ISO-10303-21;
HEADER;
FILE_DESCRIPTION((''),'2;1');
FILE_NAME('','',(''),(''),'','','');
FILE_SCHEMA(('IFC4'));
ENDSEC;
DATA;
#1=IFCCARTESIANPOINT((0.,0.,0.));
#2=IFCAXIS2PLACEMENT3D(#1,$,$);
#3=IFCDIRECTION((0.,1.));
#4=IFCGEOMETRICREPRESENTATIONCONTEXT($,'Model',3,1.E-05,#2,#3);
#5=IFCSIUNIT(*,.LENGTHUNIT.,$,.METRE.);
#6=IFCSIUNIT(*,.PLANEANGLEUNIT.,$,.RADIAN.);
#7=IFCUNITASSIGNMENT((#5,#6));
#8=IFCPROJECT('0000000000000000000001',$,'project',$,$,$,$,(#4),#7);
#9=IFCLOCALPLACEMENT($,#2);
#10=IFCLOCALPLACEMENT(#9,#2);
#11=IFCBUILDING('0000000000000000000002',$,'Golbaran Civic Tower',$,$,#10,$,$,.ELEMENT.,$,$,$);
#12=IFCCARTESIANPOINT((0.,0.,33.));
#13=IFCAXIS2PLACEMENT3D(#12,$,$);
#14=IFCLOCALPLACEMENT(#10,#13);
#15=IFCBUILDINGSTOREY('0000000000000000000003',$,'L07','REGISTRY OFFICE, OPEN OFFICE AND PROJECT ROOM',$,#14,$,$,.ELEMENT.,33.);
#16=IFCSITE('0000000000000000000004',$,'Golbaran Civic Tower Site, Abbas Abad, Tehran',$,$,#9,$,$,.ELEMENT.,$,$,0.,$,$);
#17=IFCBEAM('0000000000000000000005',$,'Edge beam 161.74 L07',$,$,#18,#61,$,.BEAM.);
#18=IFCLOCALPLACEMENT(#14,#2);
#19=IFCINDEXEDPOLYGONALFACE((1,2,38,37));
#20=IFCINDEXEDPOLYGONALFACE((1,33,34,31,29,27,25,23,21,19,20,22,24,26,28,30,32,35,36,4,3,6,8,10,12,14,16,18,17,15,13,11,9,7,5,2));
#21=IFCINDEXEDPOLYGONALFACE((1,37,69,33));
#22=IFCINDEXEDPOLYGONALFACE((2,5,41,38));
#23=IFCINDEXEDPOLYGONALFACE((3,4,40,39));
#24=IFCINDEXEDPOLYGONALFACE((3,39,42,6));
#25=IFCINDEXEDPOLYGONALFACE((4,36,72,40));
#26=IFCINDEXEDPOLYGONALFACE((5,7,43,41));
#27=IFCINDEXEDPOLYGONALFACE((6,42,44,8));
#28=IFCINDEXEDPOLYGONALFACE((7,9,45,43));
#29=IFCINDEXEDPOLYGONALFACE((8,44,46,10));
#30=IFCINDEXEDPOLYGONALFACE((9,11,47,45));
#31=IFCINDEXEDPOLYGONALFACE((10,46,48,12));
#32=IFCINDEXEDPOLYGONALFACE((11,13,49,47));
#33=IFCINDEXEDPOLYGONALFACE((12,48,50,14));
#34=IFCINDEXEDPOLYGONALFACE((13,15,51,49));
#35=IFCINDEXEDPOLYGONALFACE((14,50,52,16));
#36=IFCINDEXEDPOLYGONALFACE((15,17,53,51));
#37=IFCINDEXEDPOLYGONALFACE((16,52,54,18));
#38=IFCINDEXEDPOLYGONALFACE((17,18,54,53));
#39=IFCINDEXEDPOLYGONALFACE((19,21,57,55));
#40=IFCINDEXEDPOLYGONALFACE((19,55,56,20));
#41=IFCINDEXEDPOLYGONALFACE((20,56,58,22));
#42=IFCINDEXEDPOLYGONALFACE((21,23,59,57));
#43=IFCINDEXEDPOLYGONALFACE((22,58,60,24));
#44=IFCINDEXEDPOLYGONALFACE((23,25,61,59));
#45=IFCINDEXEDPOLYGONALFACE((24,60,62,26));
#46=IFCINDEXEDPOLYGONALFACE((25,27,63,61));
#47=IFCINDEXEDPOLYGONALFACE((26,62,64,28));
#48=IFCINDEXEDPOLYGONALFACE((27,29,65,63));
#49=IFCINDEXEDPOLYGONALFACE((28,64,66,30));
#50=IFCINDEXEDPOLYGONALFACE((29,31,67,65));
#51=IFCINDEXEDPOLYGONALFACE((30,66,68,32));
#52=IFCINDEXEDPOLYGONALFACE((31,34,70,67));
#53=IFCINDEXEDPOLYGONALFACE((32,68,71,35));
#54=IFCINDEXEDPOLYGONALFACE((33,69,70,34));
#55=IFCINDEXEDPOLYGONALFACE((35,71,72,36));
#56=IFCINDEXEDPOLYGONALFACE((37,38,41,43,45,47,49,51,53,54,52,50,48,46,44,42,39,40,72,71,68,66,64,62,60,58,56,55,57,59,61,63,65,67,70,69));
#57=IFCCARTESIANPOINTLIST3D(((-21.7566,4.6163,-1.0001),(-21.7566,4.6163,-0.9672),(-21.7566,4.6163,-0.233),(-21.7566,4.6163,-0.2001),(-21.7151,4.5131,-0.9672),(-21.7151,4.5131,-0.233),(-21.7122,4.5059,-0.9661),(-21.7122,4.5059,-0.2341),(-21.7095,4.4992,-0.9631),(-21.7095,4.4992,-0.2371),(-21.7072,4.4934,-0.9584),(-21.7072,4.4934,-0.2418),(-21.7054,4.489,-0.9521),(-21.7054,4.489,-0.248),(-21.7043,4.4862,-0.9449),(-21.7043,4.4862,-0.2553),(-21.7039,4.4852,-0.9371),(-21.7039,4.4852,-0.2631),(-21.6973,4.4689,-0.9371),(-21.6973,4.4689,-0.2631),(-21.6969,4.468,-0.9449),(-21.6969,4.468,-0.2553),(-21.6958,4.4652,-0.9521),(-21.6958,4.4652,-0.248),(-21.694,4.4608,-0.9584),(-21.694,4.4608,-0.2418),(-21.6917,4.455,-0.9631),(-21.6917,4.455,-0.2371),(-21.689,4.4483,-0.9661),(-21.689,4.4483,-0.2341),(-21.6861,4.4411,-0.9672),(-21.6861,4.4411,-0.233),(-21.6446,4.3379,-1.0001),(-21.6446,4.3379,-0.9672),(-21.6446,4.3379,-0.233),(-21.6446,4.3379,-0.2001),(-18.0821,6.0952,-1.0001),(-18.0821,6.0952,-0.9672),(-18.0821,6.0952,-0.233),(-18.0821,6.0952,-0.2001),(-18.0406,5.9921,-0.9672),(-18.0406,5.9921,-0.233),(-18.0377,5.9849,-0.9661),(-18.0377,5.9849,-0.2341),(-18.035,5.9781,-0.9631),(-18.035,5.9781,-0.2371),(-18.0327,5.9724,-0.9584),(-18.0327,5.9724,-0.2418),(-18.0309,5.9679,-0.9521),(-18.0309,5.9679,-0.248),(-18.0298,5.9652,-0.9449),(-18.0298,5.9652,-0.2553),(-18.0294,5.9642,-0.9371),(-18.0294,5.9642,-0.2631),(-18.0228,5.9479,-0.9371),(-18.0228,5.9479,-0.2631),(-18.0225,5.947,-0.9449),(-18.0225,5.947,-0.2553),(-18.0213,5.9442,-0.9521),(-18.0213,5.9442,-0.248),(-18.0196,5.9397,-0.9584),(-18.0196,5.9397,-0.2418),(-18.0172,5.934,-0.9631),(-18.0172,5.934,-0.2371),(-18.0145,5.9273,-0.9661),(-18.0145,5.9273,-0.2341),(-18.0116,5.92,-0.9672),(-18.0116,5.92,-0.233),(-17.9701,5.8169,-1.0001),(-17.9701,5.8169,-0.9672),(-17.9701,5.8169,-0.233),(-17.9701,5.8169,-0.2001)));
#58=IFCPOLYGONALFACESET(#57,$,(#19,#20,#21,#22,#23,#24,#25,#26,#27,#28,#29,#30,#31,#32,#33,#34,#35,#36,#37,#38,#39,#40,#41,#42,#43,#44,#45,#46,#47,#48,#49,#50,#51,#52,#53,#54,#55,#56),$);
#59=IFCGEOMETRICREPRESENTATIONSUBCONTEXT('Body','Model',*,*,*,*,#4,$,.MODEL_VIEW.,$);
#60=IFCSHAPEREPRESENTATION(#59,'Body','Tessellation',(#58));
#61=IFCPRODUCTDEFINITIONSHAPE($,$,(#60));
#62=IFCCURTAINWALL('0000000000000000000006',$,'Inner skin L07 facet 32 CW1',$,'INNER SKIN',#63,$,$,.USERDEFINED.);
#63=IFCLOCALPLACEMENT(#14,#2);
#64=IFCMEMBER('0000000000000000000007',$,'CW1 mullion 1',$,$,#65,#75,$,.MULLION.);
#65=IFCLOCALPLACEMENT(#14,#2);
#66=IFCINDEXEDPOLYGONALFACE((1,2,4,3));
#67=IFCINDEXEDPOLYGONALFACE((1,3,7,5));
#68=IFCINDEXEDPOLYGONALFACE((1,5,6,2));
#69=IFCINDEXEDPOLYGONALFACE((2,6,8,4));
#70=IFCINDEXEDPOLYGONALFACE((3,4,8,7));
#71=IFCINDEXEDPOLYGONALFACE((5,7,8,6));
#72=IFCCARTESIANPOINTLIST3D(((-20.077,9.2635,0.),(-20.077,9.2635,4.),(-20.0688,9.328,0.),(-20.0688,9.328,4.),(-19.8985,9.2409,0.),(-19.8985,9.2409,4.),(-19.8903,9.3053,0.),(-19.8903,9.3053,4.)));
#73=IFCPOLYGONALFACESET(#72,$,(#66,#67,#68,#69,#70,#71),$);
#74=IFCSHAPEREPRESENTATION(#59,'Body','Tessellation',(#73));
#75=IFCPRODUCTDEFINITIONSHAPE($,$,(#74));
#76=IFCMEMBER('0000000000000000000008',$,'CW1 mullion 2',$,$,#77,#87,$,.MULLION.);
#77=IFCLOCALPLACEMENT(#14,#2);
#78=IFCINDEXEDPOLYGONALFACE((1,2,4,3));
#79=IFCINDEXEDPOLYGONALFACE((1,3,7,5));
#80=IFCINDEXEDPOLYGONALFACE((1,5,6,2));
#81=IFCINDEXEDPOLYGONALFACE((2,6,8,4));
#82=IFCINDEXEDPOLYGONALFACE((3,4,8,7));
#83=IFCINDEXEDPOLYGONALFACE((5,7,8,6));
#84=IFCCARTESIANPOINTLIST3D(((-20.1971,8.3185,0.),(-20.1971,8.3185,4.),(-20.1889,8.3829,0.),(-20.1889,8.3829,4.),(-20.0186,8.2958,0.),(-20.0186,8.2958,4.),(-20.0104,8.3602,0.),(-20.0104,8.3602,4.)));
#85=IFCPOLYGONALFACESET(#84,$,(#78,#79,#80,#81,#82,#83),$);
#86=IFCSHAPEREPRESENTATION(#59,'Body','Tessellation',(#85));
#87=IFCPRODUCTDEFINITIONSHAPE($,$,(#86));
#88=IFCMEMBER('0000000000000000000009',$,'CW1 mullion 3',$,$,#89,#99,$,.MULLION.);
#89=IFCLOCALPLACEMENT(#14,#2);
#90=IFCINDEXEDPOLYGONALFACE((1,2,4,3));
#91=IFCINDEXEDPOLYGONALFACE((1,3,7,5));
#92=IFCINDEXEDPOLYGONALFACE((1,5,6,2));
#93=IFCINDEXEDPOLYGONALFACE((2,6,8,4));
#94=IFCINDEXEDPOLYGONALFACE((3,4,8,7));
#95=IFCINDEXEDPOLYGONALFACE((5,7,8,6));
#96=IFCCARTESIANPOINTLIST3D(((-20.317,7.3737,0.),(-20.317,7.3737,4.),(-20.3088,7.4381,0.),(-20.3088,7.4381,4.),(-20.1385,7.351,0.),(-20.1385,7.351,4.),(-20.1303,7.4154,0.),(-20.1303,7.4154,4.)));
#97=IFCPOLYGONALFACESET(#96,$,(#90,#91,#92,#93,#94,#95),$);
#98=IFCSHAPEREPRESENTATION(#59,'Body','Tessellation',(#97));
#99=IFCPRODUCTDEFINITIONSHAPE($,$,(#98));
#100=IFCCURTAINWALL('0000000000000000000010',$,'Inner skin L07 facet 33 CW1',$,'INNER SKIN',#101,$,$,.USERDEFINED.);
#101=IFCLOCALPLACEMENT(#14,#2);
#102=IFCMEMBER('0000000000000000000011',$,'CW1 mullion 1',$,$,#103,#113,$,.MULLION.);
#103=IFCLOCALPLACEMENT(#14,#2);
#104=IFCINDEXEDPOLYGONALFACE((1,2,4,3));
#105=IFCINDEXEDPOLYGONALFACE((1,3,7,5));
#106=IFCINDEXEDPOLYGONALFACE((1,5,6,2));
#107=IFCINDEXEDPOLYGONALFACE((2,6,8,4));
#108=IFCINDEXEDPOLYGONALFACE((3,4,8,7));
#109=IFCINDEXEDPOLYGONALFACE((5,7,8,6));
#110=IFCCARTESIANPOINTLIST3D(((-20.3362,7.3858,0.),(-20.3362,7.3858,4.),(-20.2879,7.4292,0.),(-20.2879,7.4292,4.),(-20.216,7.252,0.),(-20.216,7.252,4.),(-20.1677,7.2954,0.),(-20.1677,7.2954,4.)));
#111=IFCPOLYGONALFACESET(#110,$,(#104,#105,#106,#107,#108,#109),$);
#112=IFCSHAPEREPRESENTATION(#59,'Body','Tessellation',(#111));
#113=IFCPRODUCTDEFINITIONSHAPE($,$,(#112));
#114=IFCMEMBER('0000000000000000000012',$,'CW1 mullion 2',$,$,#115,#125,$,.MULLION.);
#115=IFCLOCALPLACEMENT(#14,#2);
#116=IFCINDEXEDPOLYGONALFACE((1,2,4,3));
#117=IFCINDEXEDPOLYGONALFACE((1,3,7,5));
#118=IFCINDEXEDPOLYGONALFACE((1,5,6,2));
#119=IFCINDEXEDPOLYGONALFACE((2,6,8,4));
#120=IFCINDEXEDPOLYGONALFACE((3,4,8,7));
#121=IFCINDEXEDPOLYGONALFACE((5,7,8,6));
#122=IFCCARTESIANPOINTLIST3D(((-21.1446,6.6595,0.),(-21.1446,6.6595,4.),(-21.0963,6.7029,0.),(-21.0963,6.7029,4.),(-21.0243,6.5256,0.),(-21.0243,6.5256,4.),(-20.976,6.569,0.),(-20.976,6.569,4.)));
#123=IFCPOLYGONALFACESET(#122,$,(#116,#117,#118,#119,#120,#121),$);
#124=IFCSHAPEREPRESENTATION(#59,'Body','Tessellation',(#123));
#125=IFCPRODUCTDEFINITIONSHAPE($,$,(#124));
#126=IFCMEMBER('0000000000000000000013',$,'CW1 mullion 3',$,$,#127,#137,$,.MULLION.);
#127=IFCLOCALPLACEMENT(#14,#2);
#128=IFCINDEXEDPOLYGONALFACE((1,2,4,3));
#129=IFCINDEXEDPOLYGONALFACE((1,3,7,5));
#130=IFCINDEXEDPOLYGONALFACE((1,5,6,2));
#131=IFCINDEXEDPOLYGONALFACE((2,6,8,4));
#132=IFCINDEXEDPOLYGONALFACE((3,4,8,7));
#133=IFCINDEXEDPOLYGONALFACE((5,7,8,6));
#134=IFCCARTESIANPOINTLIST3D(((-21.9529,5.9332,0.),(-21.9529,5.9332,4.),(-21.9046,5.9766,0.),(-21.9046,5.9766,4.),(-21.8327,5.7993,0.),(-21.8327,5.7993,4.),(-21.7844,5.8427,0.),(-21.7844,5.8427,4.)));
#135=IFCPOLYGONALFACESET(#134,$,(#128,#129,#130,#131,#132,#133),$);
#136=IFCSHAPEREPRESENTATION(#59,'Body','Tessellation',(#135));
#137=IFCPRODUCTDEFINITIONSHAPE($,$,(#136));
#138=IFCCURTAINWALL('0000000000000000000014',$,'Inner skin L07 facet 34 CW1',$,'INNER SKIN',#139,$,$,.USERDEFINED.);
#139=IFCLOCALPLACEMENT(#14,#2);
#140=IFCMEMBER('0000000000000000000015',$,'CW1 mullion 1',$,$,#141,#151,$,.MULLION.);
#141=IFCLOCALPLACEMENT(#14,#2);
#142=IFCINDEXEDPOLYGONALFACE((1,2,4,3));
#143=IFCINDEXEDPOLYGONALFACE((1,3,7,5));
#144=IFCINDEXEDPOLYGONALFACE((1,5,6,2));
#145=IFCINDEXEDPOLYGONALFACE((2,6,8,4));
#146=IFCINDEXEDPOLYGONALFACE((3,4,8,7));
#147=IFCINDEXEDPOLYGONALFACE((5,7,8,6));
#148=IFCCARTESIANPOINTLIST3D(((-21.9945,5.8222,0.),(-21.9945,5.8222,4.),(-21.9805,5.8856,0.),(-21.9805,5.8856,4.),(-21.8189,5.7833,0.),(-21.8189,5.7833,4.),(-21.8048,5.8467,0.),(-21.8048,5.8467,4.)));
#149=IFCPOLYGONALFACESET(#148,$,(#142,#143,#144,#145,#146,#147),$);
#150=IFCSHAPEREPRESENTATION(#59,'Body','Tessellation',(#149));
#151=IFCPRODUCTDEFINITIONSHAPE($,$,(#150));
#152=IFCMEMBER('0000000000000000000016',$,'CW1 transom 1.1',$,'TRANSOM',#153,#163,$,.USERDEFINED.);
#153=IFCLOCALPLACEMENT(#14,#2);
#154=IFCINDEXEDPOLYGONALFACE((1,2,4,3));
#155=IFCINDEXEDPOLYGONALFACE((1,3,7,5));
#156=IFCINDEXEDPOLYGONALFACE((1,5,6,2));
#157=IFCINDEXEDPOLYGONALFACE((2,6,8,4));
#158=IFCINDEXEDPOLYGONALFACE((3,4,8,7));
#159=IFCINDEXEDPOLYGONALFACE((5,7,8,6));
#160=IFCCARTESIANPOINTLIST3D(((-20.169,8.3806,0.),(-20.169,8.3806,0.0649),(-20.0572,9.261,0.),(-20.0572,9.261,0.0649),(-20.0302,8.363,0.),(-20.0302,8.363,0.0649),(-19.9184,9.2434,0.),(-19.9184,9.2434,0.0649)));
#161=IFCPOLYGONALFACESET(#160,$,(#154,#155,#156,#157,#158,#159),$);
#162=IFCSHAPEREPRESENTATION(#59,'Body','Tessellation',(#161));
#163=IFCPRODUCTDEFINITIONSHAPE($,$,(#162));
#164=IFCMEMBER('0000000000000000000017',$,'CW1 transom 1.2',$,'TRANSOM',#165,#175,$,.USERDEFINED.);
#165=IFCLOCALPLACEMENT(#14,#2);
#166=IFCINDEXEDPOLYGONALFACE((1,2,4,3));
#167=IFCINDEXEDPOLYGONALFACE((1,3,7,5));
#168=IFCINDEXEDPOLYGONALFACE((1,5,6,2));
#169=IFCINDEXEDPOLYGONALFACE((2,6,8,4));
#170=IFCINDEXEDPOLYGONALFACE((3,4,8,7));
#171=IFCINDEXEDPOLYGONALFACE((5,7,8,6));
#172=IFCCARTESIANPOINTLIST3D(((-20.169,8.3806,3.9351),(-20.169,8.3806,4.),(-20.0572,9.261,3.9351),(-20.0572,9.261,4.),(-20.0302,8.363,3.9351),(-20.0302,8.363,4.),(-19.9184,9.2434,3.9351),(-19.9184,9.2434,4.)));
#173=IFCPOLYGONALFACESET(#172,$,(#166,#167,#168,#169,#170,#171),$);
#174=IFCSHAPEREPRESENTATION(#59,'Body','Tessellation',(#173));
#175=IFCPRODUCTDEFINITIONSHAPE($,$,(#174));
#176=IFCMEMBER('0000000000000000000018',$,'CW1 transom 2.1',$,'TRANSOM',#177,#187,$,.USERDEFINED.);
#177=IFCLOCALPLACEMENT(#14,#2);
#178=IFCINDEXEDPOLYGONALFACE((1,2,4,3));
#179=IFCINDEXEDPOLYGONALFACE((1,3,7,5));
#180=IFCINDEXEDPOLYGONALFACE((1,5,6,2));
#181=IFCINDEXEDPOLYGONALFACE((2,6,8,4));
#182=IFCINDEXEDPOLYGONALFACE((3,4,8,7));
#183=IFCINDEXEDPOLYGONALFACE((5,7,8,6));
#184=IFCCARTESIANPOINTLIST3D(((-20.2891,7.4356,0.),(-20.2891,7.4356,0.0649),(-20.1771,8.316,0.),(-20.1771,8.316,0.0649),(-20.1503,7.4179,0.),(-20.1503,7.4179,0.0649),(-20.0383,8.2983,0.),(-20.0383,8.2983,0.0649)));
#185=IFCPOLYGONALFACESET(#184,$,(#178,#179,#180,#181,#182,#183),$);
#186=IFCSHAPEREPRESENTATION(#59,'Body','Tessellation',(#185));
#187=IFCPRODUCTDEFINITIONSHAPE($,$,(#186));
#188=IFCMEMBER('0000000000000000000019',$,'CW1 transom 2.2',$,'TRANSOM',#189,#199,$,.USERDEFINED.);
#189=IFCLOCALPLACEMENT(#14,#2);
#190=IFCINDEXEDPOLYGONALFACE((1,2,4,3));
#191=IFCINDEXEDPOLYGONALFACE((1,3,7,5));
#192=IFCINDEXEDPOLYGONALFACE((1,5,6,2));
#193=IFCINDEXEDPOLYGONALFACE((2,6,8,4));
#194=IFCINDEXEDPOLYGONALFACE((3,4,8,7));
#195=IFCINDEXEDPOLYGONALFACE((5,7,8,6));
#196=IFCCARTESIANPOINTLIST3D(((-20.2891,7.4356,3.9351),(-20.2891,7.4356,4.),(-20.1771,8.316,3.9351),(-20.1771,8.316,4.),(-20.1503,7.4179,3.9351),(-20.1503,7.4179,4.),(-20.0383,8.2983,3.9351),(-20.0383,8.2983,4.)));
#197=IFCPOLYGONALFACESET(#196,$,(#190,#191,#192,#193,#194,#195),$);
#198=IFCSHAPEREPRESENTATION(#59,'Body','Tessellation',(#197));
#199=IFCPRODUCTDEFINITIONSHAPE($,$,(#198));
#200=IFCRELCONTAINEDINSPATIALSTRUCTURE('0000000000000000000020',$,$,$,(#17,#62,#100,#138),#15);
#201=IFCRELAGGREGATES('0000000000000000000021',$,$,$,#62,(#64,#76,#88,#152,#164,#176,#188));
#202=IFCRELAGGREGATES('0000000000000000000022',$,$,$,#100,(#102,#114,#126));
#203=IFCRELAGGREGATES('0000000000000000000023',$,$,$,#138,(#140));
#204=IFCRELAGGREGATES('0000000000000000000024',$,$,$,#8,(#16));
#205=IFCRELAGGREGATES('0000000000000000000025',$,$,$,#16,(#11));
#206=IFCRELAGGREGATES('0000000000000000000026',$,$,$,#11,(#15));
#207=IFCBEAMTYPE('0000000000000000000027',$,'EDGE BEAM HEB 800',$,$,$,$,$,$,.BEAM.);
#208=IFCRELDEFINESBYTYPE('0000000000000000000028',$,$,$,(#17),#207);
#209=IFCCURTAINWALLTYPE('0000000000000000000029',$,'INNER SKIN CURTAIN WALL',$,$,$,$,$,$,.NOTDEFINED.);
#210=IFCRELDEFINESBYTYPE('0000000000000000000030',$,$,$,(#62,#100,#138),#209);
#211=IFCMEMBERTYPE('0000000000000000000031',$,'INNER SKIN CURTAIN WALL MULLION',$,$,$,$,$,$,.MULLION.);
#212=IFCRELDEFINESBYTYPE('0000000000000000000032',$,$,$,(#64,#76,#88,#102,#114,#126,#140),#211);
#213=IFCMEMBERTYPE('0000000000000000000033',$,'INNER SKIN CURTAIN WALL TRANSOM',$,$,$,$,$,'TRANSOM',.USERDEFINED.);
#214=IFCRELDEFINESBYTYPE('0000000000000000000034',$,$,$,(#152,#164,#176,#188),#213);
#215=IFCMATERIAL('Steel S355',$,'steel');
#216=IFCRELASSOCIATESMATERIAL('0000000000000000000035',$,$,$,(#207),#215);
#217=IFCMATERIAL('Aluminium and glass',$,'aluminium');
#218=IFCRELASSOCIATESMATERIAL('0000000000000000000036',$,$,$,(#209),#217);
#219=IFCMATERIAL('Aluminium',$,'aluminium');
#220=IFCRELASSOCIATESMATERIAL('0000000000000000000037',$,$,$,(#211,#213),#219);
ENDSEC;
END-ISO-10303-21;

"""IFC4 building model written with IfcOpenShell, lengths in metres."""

from ifc_helpers import new_model, si_unit, direction, frame, origin, origin_2d, place, context, subcontext, project, spatial, rectangle, i_section, extrude, material, material_profile, profile_set, type_object, element, aggregate, save


model = new_model("IFC4")

# Units and contexts
model_context = context("Model", 3, precision=1e-05, world=origin(), true_north=direction((0.0, 1.0)))
body_context = subcontext(model_context, "Body", "Model", "MODEL_VIEW")
ifc_project = project(units=[si_unit("LENGTHUNIT", "METRE"), si_unit("PLANEANGLEUNIT", "RADIAN")], contexts=[model_context])

# Site, building, storey
site_placement = place(None, origin())
site = spatial("IfcSite", under=ifc_project, at=site_placement, Name="Golbaran Civic Tower Site, Abbas Abad, Tehran", CompositionType="ELEMENT", RefElevation=0.0)
building_placement = place(site_placement, origin())
building = spatial("IfcBuilding", under=site, at=building_placement, Name="Golbaran Civic Tower", CompositionType="ELEMENT")
storey_placement = place(building_placement, frame((0.0, 0.0, 33.0)))
storey = spatial("IfcBuildingStorey", under=building, at=storey_placement, Name="L07", Description="REGISTRY OFFICE, OPEN OFFICE AND PROJECT ROOM", CompositionType="ELEMENT", Elevation=33.0)

# Beam
ifc_material_1 = material(Name="Steel S355", Category="steel")
ifc_material_profile_1 = material_profile(ifc_material_1, i_section(OverallWidth=0.3, OverallDepth=0.8, WebThickness=0.0176, FlangeThickness=0.033, FilletRadius=0.03, at=origin_2d()), Name="HEB 800")
ifc_profile_set_1 = profile_set([ifc_material_profile_1], Name="Steel S355")
beam_type = type_object("IfcBeamType", Name="EDGE BEAM HEB 800", PredefinedType="BEAM", material=ifc_profile_set_1)
beam_placement = place(storey_placement, frame((-18.0261, 5.9561, -0.6001), z_axis=(-0.927675, -0.373388, 0.0), x_axis=(0.373388, -0.927675, 0.0)))
element("IfcBeam", 1, at=beam_placement, inside=storey, type_object=beam_type, Name="Edge beam 161.74 L07", PredefinedType="BEAM", context=body_context, shape_type="SweptSolid", body=[
    extrude(i_section(OverallWidth=0.3, OverallDepth=0.8, WebThickness=0.0176, FlangeThickness=0.033, FilletRadius=0.03, at=origin_2d()), origin(), (0.0, 0.0, 1.0), 3.9609),
])

# Curtain walls, members
ifc_material_2 = material(Name="Aluminium and glass", Category="aluminium")
curtain_wall_type = type_object("IfcCurtainWallType", Name="INNER SKIN CURTAIN WALL", PredefinedType="NOTDEFINED", material=ifc_material_2)
curtain_wall_1_placement = place(storey_placement, origin())
curtain_wall_1 = element("IfcCurtainWall", 2, at=curtain_wall_1_placement, inside=storey, type_object=curtain_wall_type, Name="Inner skin L07 facet 32 CW1", ObjectType="INNER SKIN", PredefinedType="USERDEFINED")
ifc_material_3 = material(Name="Aluminium", Category="aluminium")
ifc_material_profile_2 = material_profile(ifc_material_3, rectangle(XDim=0.1799, YDim=0.0649, at=origin_2d()), Name="INNER SKIN CURTAIN WALL MULLION")
ifc_profile_set_2 = profile_set([ifc_material_profile_2], Name="Aluminium")
member_type_1 = type_object("IfcMemberType", Name="INNER SKIN CURTAIN WALL MULLION", PredefinedType="MULLION", material=ifc_profile_set_2)
member_1_placement = place(storey_placement, frame((-19.9836, 9.2844, 0.0), z_axis=(0.0, 0.0, 1.0), x_axis=(0.992027, -0.126024, 0.0)))
member_1 = element("IfcMember", 3, at=member_1_placement, type_object=member_type_1, Name="CW1 mullion 1", PredefinedType="MULLION", context=body_context, shape_type="SweptSolid", body=[
    extrude(rectangle(XDim=0.1799, YDim=0.0649, at=origin_2d()), origin(), (0.0, 0.0, 1.0), 4.0),
])
member_2_placement = place(storey_placement, frame((-20.1038, 8.3394, 0.0), z_axis=(0.0, 0.0, 1.0), x_axis=(0.992027, -0.126024, 0.0)))
member_2 = element("IfcMember", 4, at=member_2_placement, type_object=member_type_1, Name="CW1 mullion 2", PredefinedType="MULLION", context=body_context, shape_type="SweptSolid", body=[
    extrude(rectangle(XDim=0.1799, YDim=0.0649, at=origin_2d()), origin(), (0.0, 0.0, 1.0), 4.0),
])
member_3_placement = place(storey_placement, frame((-20.2236, 7.3945, 0.0), z_axis=(0.0, 0.0, 1.0), x_axis=(0.992027, -0.126024, 0.0)))
member_3 = element("IfcMember", 5, at=member_3_placement, type_object=member_type_1, Name="CW1 mullion 3", PredefinedType="MULLION", context=body_context, shape_type="SweptSolid", body=[
    extrude(rectangle(XDim=0.1799, YDim=0.0649, at=origin_2d()), origin(), (0.0, 0.0, 1.0), 4.0),
])
curtain_wall_2_placement = place(storey_placement, origin())
curtain_wall_2 = element("IfcCurtainWall", 6, at=curtain_wall_2_placement, inside=storey, type_object=curtain_wall_type, Name="Inner skin L07 facet 33 CW1", ObjectType="INNER SKIN", PredefinedType="USERDEFINED")
member_4_placement = place(storey_placement, frame((-20.252, 7.3406, 0.0), z_axis=(0.0, 0.0, 1.0), x_axis=(0.66842, -0.743784, 0.0)))
member_4 = element("IfcMember", 7, at=member_4_placement, type_object=member_type_1, Name="CW1 mullion 1", PredefinedType="MULLION", context=body_context, shape_type="SweptSolid", body=[
    extrude(rectangle(XDim=0.1799, YDim=0.0649, at=origin_2d()), origin(), (0.0, 0.0, 1.0), 4.0),
])
member_5_placement = place(storey_placement, frame((-21.0603, 6.6143, 0.0), z_axis=(0.0, 0.0, 1.0), x_axis=(0.66842, -0.743784, 0.0)))
member_5 = element("IfcMember", 8, at=member_5_placement, type_object=member_type_1, Name="CW1 mullion 2", PredefinedType="MULLION", context=body_context, shape_type="SweptSolid", body=[
    extrude(rectangle(XDim=0.1799, YDim=0.0649, at=origin_2d()), origin(), (0.0, 0.0, 1.0), 4.0),
])
member_6_placement = place(storey_placement, frame((-21.8687, 5.8879, 0.0), z_axis=(0.0, 0.0, 1.0), x_axis=(0.66842, -0.743784, 0.0)))
member_6 = element("IfcMember", 9, at=member_6_placement, type_object=member_type_1, Name="CW1 mullion 3", PredefinedType="MULLION", context=body_context, shape_type="SweptSolid", body=[
    extrude(rectangle(XDim=0.1799, YDim=0.0649, at=origin_2d()), origin(), (0.0, 0.0, 1.0), 4.0),
])

# Curtain wall, member
curtain_wall_3_placement = place(storey_placement, origin())
curtain_wall_3 = element("IfcCurtainWall", 10, at=curtain_wall_3_placement, inside=storey, type_object=curtain_wall_type, Name="Inner skin L07 facet 34 CW1", ObjectType="INNER SKIN", PredefinedType="USERDEFINED")
member_7_placement = place(storey_placement, frame((-21.8997, 5.8345, 0.0), z_axis=(0.0, 0.0, 1.0), x_axis=(0.976296, -0.21644, 0.0)))
member_7 = element("IfcMember", 11, at=member_7_placement, type_object=member_type_1, Name="CW1 mullion 1", PredefinedType="MULLION", context=body_context, shape_type="SweptSolid", body=[
    extrude(rectangle(XDim=0.1799, YDim=0.0649, at=origin_2d()), origin(), (0.0, 0.0, 1.0), 4.0),
])

# Members
ifc_material_profile_3 = material_profile(ifc_material_3, rectangle(XDim=0.1399, YDim=0.0649, at=origin_2d()), Name="INNER SKIN CURTAIN WALL TRANSOM")
ifc_profile_set_3 = profile_set([ifc_material_profile_3], Name="Aluminium")
member_type_2 = type_object("IfcMemberType", Name="INNER SKIN CURTAIN WALL TRANSOM", ElementType="TRANSOM", PredefinedType="USERDEFINED", material=ifc_profile_set_3)
member_8_placement = place(storey_placement, frame((-19.9878, 9.2522, 0.0325), z_axis=(-0.125998, -0.99203, 0.0), x_axis=(0.99203, -0.125998, 0.0)))
member_8 = element("IfcMember", 12, at=member_8_placement, type_object=member_type_2, Name="CW1 transom 1.1", ObjectType="TRANSOM", PredefinedType="USERDEFINED", context=body_context, shape_type="SweptSolid", body=[
    extrude(rectangle(XDim=0.1399, YDim=0.0649, at=origin_2d()), origin(), (0.0, 0.0, 1.0), 0.8875),
])
member_9_placement = place(storey_placement, frame((-19.9878, 9.2522, 3.9675), z_axis=(-0.125998, -0.99203, 0.0), x_axis=(0.99203, -0.125998, 0.0)))
member_9 = element("IfcMember", 13, at=member_9_placement, type_object=member_type_2, Name="CW1 transom 1.2", ObjectType="TRANSOM", PredefinedType="USERDEFINED", context=body_context, shape_type="SweptSolid", body=[
    extrude(rectangle(XDim=0.1399, YDim=0.0649, at=origin_2d()), origin(), (0.0, 0.0, 1.0), 0.8875),
])
member_10_placement = place(storey_placement, frame((-20.1077, 8.3071, 0.0325), z_axis=(-0.126269, -0.991996, 0.0), x_axis=(0.991996, -0.126269, 0.0)))
member_10 = element("IfcMember", 14, at=member_10_placement, type_object=member_type_2, Name="CW1 transom 2.1", ObjectType="TRANSOM", PredefinedType="USERDEFINED", context=body_context, shape_type="SweptSolid", body=[
    extrude(rectangle(XDim=0.1399, YDim=0.0649, at=origin_2d()), origin(), (0.0, 0.0, 1.0), 0.8875),
])
member_11_placement = place(storey_placement, frame((-20.1077, 8.3071, 3.9675), z_axis=(-0.126269, -0.991996, 0.0), x_axis=(0.991996, -0.126269, 0.0)))
member_11 = element("IfcMember", 15, at=member_11_placement, type_object=member_type_2, Name="CW1 transom 2.2", ObjectType="TRANSOM", PredefinedType="USERDEFINED", context=body_context, shape_type="SweptSolid", body=[
    extrude(rectangle(XDim=0.1399, YDim=0.0649, at=origin_2d()), origin(), (0.0, 0.0, 1.0), 0.8875),
])

aggregate(curtain_wall_1, [member_1, member_2, member_3, member_8, member_9, member_10, member_11])
aggregate(curtain_wall_2, [member_4, member_5, member_6])
aggregate(curtain_wall_3, [member_7])

save(model, "model.ifc")
